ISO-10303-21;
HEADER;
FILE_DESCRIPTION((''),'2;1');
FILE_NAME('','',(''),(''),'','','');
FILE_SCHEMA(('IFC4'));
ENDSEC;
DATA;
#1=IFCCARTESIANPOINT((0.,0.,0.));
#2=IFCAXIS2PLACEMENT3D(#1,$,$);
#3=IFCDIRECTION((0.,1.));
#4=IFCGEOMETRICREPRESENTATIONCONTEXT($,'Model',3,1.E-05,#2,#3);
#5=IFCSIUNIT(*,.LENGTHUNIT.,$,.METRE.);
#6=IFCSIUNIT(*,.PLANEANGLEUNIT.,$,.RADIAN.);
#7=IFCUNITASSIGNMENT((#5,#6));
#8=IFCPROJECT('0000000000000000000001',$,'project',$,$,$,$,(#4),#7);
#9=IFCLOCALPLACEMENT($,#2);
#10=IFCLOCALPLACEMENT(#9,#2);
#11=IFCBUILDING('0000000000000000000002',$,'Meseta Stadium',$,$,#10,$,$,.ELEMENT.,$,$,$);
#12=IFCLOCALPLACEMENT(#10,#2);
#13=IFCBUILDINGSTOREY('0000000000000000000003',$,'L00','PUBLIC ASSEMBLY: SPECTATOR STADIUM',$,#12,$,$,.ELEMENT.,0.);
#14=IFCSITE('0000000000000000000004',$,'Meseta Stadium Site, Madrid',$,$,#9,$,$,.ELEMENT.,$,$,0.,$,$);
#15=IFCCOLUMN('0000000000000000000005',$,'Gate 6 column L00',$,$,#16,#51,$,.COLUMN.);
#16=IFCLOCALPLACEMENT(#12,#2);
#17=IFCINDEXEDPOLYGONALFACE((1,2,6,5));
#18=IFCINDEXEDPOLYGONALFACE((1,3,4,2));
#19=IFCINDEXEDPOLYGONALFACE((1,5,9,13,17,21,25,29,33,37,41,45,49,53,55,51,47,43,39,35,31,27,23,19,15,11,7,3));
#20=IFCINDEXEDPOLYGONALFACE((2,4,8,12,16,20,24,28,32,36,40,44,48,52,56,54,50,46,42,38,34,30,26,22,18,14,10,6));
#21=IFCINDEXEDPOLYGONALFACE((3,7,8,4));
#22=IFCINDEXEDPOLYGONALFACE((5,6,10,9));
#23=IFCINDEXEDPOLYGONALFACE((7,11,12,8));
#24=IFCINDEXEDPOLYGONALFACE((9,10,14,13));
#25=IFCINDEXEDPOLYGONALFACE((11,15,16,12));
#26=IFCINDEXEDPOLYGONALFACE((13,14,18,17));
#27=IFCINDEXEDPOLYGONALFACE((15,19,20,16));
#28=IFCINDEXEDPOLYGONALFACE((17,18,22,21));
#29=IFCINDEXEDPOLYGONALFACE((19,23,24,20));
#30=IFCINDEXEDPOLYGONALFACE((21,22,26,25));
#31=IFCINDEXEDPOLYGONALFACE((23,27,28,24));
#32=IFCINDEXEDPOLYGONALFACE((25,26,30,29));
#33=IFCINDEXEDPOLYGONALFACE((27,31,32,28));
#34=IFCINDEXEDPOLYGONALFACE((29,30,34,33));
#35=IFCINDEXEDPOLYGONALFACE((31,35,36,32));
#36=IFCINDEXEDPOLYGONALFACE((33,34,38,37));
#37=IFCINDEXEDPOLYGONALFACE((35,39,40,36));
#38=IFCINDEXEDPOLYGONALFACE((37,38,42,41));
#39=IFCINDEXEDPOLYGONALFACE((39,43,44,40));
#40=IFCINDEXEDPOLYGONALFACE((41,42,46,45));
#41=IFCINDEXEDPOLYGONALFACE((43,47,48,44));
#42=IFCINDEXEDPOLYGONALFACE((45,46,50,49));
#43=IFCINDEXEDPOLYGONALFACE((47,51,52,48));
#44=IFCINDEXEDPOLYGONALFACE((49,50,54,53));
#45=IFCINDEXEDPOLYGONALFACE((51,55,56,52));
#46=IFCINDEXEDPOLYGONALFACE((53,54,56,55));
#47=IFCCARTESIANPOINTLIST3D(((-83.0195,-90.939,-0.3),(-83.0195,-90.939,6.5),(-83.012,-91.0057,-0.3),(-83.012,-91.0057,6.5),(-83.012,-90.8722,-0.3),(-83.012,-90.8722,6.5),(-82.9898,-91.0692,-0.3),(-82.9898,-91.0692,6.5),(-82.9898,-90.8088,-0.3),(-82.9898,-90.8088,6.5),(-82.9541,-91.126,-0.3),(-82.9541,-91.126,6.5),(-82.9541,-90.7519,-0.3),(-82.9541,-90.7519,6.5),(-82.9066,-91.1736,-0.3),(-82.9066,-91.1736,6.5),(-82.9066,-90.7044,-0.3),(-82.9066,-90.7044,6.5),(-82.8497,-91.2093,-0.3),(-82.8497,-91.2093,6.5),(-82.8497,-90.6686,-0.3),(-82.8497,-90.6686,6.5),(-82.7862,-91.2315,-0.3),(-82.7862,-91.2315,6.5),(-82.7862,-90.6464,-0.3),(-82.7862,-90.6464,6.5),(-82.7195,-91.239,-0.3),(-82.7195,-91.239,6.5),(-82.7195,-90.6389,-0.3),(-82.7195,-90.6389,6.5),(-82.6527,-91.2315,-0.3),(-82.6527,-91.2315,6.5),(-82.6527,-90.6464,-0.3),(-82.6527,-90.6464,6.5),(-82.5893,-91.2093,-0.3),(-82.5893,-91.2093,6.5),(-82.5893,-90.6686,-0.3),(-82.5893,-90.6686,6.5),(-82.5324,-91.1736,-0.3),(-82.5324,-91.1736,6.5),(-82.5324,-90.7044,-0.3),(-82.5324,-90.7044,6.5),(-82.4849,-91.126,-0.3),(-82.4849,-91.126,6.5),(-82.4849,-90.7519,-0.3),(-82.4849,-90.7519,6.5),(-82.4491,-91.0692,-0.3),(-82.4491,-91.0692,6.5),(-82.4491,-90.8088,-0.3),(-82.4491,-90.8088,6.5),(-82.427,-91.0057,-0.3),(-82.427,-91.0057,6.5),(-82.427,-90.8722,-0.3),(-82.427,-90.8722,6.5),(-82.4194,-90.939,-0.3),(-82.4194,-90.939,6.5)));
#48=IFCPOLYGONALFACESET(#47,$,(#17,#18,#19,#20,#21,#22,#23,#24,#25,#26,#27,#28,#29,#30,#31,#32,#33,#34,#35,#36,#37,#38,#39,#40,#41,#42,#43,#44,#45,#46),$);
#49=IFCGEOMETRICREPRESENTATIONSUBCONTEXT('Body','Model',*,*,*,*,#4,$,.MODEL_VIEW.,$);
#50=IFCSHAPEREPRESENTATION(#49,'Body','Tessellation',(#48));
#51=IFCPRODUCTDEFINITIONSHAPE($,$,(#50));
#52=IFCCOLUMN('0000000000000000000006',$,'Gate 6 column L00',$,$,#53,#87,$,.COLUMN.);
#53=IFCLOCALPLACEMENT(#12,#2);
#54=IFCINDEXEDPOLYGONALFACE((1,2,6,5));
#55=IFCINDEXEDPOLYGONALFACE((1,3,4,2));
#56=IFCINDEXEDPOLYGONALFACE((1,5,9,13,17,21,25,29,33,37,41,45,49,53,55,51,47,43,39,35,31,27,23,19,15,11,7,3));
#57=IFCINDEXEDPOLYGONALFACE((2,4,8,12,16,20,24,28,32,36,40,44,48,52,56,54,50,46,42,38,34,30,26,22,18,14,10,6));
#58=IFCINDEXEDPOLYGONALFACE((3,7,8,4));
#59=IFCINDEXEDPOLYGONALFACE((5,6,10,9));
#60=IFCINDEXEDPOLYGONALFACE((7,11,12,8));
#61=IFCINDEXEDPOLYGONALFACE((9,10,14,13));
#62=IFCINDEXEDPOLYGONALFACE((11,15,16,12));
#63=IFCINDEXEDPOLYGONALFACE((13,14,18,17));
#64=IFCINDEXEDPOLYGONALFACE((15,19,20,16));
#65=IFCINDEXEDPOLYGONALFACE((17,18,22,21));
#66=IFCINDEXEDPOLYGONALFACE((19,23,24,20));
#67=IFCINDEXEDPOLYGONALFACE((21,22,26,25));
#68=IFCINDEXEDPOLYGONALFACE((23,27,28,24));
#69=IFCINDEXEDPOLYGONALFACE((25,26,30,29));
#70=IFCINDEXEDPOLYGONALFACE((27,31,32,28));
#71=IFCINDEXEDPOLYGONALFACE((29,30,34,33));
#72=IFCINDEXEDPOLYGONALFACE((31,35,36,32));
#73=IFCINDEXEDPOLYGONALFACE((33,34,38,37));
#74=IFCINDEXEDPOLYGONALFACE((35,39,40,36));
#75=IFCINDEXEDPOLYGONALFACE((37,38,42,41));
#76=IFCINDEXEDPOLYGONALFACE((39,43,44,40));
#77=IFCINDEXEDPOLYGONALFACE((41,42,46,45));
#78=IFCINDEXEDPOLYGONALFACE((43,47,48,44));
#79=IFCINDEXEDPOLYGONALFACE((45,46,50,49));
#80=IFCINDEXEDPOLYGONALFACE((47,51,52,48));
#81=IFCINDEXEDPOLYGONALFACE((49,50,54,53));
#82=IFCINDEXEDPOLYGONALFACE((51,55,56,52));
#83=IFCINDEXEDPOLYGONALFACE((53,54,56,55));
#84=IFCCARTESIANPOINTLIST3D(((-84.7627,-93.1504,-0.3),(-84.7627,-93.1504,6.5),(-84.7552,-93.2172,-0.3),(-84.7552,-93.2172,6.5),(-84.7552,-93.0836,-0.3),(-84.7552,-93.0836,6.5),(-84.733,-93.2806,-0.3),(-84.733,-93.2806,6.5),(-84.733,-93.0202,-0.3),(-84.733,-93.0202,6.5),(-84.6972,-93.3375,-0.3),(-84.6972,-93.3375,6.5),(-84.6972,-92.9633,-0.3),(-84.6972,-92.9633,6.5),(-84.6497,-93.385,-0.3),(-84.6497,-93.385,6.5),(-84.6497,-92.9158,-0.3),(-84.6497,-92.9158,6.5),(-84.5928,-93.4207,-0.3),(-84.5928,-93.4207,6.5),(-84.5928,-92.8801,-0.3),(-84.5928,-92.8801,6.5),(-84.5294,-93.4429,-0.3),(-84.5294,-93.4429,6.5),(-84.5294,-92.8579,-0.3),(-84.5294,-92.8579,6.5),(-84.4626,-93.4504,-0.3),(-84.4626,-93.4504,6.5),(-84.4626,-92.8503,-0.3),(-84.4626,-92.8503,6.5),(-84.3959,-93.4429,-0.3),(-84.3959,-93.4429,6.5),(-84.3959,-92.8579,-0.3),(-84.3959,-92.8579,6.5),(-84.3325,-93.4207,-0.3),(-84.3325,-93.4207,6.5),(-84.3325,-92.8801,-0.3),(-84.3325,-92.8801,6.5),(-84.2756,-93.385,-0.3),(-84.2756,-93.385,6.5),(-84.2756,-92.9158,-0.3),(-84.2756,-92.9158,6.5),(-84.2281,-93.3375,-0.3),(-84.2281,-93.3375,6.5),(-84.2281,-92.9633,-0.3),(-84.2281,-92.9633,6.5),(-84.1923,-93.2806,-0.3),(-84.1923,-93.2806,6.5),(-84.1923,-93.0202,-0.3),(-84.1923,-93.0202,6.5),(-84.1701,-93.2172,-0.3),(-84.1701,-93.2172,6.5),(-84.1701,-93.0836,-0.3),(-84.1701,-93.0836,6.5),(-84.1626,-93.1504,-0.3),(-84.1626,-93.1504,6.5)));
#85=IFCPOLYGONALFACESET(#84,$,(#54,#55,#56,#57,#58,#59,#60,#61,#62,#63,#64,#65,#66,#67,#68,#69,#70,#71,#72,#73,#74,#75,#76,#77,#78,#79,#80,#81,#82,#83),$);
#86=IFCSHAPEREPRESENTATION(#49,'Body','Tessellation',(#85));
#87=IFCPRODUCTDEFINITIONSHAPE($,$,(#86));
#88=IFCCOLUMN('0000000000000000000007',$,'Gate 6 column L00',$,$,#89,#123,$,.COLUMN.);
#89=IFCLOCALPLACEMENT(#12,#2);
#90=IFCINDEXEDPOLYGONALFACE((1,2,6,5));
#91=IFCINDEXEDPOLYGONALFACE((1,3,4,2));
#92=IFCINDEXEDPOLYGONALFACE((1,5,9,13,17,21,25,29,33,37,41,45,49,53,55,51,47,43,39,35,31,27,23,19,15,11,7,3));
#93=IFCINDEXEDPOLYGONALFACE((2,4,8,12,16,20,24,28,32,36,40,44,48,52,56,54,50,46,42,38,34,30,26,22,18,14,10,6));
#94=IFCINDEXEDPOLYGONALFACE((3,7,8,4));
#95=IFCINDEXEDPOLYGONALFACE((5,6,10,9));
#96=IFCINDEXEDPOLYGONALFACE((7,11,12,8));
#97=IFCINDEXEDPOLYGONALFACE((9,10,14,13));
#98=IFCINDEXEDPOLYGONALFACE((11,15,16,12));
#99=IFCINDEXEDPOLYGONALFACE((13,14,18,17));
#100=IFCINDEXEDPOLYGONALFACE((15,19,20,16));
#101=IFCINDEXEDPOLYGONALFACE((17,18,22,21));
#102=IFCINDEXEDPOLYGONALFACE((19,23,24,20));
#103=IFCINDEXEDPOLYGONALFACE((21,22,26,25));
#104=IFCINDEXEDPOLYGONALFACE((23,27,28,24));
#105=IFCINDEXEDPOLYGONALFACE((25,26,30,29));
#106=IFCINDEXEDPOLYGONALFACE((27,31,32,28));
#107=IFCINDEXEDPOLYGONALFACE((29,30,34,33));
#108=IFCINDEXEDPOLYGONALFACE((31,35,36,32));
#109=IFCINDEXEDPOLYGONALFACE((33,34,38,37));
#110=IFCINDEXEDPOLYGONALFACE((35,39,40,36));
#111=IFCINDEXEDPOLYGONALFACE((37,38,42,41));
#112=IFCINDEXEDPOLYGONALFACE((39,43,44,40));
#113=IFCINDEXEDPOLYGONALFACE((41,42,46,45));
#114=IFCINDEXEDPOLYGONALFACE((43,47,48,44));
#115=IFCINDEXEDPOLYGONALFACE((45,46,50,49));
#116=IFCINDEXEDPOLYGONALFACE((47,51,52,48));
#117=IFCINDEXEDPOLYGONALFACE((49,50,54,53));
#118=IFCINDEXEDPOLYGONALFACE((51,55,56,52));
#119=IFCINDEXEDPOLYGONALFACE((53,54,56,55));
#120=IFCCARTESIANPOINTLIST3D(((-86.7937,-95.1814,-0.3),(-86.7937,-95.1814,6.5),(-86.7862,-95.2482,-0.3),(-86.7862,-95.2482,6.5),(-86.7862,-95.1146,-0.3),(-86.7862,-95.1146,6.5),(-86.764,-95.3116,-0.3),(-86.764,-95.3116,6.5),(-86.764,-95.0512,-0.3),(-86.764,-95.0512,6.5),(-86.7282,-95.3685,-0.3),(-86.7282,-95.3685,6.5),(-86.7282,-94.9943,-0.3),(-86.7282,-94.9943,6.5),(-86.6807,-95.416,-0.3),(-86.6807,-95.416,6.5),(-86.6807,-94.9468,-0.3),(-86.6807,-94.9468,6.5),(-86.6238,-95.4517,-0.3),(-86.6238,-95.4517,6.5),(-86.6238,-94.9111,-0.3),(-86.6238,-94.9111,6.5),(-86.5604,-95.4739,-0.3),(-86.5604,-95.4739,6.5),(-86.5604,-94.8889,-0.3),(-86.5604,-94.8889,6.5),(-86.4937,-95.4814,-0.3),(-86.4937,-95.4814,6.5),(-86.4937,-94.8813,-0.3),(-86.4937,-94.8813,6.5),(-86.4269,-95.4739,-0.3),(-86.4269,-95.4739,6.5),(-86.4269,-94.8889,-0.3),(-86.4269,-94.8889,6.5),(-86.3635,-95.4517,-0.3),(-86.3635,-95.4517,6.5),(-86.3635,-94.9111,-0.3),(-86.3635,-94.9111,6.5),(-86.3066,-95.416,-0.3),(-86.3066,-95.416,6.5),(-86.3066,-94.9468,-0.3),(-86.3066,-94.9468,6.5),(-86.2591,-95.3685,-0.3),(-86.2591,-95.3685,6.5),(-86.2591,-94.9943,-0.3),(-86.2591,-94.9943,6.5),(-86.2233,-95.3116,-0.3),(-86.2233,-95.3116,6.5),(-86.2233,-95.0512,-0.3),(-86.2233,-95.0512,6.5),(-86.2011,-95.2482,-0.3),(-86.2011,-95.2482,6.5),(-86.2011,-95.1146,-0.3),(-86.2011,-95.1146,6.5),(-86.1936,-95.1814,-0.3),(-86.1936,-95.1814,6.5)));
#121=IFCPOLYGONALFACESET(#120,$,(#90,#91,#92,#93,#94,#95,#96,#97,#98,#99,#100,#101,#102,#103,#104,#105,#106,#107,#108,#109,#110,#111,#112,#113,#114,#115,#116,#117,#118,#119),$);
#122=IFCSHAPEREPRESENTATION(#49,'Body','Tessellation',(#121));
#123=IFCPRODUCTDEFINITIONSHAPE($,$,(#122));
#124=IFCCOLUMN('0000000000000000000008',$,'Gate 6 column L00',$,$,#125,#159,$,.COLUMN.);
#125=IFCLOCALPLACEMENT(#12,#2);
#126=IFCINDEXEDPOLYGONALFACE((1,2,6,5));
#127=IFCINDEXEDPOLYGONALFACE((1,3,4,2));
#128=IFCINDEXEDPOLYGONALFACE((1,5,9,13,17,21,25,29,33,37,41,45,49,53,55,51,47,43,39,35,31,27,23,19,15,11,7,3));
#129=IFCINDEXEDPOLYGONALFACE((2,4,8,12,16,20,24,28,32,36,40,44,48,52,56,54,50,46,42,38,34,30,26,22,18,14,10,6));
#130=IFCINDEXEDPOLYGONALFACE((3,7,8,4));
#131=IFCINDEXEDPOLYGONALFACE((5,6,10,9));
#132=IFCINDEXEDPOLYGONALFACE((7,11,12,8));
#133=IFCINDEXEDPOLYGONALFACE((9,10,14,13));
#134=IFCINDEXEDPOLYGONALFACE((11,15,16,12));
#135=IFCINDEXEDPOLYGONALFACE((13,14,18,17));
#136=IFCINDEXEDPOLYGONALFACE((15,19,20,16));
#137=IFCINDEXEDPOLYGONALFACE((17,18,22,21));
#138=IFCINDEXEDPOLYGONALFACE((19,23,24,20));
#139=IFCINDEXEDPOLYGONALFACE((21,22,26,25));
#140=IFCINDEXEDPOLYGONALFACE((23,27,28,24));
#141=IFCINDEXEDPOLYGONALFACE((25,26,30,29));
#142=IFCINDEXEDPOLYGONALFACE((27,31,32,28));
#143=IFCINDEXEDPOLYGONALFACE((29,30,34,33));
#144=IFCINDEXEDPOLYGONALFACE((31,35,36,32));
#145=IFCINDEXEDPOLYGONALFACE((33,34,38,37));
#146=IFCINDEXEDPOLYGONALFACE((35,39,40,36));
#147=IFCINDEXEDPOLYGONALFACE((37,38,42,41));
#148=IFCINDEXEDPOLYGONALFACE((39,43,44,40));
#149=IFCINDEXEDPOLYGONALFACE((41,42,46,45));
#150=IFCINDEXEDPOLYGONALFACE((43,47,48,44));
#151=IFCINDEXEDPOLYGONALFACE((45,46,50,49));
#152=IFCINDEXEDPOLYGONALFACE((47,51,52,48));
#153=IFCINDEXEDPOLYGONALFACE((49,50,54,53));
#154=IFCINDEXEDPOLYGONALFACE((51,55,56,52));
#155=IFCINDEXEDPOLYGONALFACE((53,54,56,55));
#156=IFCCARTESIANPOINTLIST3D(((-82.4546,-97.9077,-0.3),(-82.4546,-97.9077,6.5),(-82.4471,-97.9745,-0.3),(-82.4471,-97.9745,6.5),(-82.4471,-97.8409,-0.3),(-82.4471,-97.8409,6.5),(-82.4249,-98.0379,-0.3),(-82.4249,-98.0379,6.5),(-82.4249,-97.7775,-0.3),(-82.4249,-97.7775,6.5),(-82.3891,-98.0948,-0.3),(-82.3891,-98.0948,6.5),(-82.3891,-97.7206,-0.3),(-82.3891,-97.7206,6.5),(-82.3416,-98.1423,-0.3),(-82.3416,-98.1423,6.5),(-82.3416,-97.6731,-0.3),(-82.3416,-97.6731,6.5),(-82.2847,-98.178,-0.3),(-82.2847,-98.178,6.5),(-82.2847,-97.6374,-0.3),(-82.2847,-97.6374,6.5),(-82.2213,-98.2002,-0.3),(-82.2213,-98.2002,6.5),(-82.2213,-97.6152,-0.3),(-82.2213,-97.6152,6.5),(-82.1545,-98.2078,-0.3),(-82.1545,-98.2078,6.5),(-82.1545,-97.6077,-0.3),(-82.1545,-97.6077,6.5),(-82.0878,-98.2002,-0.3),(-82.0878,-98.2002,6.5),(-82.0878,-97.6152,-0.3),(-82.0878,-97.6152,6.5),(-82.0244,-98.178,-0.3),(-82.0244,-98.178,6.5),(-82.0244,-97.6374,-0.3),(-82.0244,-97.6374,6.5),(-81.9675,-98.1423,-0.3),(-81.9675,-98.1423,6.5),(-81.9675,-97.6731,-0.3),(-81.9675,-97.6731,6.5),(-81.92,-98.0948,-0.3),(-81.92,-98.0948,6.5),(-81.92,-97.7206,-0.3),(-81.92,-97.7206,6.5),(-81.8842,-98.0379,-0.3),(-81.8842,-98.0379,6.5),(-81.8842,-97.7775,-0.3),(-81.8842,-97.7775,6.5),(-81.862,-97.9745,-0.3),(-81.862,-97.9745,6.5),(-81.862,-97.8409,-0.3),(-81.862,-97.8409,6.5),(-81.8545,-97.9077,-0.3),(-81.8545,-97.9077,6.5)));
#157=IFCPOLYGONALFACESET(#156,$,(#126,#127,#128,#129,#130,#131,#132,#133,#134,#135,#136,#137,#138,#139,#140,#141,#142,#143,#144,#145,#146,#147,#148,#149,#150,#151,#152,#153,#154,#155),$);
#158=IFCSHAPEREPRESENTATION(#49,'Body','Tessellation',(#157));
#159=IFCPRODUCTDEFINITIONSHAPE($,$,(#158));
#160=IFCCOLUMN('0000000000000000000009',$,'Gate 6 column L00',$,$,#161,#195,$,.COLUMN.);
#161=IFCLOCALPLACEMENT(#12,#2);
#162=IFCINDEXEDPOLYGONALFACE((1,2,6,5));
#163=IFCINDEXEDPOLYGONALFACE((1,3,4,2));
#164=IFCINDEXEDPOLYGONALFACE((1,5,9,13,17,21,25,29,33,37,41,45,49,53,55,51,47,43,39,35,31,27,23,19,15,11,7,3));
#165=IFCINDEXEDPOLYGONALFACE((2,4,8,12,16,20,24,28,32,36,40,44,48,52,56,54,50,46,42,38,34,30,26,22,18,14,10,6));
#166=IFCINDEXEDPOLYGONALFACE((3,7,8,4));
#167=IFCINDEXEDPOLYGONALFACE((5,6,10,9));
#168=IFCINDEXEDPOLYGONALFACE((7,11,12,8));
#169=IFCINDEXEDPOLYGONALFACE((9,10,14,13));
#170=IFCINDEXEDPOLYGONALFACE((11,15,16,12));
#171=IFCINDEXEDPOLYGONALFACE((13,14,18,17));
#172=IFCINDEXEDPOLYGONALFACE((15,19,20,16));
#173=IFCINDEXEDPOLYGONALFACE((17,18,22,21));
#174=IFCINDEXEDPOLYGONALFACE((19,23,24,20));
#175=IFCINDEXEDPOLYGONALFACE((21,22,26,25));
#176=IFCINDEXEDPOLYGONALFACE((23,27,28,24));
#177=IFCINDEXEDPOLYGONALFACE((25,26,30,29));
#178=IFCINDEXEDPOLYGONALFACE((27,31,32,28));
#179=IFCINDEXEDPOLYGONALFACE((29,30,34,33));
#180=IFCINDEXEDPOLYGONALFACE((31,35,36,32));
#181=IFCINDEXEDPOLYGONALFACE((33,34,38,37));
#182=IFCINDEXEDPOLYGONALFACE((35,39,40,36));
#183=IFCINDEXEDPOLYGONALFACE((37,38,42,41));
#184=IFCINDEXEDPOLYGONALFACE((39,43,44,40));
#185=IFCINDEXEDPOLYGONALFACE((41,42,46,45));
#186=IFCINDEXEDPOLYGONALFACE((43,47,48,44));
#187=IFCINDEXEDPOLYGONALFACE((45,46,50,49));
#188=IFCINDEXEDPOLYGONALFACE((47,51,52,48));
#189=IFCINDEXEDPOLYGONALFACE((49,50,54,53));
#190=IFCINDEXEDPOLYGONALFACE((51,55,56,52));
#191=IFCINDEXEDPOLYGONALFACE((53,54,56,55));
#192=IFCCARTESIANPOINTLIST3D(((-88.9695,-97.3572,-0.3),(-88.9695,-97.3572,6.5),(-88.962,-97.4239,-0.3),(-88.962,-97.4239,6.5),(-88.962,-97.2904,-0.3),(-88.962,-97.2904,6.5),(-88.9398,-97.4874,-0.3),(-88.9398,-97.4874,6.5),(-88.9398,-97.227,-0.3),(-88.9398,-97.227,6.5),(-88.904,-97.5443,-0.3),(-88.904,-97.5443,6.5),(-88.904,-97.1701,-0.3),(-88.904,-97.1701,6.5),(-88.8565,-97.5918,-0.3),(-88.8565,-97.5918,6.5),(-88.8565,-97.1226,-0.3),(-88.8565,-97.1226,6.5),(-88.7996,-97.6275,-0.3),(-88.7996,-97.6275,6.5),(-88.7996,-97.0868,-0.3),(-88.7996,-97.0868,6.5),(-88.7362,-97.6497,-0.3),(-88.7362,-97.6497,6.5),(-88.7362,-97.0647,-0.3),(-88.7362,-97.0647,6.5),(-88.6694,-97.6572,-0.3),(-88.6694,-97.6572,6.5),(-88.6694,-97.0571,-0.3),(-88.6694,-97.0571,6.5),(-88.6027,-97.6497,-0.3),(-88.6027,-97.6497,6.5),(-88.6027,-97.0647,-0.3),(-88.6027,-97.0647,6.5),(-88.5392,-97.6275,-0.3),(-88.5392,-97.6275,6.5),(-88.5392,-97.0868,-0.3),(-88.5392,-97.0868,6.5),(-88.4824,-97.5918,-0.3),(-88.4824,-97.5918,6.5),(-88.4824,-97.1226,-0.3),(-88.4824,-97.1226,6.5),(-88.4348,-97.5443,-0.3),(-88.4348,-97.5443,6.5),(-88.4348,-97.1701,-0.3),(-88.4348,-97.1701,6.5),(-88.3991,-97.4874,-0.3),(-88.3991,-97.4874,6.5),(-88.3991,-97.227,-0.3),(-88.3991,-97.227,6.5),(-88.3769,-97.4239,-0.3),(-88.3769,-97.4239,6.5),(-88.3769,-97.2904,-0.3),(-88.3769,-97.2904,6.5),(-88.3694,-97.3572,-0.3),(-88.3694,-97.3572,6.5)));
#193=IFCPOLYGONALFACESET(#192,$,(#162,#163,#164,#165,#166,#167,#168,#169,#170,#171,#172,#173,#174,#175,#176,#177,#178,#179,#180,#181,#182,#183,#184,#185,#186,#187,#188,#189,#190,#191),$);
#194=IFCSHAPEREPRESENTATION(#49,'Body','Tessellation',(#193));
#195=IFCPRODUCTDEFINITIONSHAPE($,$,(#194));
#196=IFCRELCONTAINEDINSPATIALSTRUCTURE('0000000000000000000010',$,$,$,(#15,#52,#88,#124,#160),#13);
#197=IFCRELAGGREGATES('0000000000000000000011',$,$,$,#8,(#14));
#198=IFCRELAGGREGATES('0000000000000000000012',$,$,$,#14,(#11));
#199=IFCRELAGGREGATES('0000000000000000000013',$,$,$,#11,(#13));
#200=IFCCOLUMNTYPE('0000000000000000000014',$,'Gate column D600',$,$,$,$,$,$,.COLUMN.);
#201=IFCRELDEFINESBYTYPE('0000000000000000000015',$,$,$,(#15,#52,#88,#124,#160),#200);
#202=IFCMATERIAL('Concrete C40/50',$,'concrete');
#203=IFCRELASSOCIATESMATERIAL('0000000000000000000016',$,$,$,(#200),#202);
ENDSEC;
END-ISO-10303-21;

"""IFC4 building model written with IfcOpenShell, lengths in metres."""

from ifc_helpers import new_model, si_unit, direction, frame, origin, origin_2d, place, context, subcontext, project, spatial, circle, extrude, material, material_profile, profile_set, type_object, element, save


model = new_model("IFC4")

# Units and contexts
model_context = context("Model", 3, precision=1e-05, world=origin(), true_north=direction((0.0, 1.0)))
body_context = subcontext(model_context, "Body", "Model", "MODEL_VIEW")
ifc_project = project(units=[si_unit("LENGTHUNIT", "METRE"), si_unit("PLANEANGLEUNIT", "RADIAN")], contexts=[model_context])

# Site, building, storey
site_placement = place(None, origin())
site = spatial("IfcSite", under=ifc_project, at=site_placement, Name="Meseta Stadium Site, Madrid", CompositionType="ELEMENT", RefElevation=0.0)
building_placement = place(site_placement, origin())
building = spatial("IfcBuilding", under=site, at=building_placement, Name="Meseta Stadium", CompositionType="ELEMENT")
storey_placement = place(building_placement, origin())
storey = spatial("IfcBuildingStorey", under=building, at=storey_placement, Name="L00", Description="PUBLIC ASSEMBLY: SPECTATOR STADIUM", CompositionType="ELEMENT", Elevation=0.0)

# Columns
ifc_material_1 = material(Name="Concrete C40/50", Category="concrete")
ifc_material_profile_1 = material_profile(ifc_material_1, circle(Radius=0.3, at=origin_2d()), Name="RC D600")
ifc_profile_set_1 = profile_set([ifc_material_profile_1], Name="Concrete C40/50")
column_type_1 = type_object("IfcColumnType", Name="Gate column D600", PredefinedType="COLUMN", material=ifc_profile_set_1)
for number, where, z_axis, x_axis, name in (
    (1, (-82.7195, -90.939, -0.3), (0.0, 0.0, 1.0), (1.0, 0.0, 0.0), "Gate 6 column L00"),
    (2, (-84.4626, -93.1504, -0.3), (0.0, 0.0, 1.0), (1.0, 0.0, 0.0), "Gate 6 column L00"),
    (3, (-86.4937, -95.1814, -0.3), (0.0, 0.0, 1.0), (1.0, 0.0, 0.0), "Gate 6 column L00"),
    (4, (-82.1545, -97.9077, -0.3), (0.0, 0.0, 1.0), (1.0, 0.0, 0.0), "Gate 6 column L00"),
    (5, (-88.6694, -97.3572, -0.3), (0.0, 0.0, 1.0), (1.0, 0.0, 0.0), "Gate 6 column L00"),
):
    element("IfcColumn", number, at=place(storey_placement, frame(where, z_axis=z_axis, x_axis=x_axis)), inside=storey, type_object=column_type_1, Name=name, PredefinedType="COLUMN", context=body_context, shape_type="SweptSolid", body=[
        extrude(circle(Radius=0.3, at=origin_2d()), origin(), (0.0, 0.0, 1.0), 6.8),
    ])

save(model, "model.ifc")
